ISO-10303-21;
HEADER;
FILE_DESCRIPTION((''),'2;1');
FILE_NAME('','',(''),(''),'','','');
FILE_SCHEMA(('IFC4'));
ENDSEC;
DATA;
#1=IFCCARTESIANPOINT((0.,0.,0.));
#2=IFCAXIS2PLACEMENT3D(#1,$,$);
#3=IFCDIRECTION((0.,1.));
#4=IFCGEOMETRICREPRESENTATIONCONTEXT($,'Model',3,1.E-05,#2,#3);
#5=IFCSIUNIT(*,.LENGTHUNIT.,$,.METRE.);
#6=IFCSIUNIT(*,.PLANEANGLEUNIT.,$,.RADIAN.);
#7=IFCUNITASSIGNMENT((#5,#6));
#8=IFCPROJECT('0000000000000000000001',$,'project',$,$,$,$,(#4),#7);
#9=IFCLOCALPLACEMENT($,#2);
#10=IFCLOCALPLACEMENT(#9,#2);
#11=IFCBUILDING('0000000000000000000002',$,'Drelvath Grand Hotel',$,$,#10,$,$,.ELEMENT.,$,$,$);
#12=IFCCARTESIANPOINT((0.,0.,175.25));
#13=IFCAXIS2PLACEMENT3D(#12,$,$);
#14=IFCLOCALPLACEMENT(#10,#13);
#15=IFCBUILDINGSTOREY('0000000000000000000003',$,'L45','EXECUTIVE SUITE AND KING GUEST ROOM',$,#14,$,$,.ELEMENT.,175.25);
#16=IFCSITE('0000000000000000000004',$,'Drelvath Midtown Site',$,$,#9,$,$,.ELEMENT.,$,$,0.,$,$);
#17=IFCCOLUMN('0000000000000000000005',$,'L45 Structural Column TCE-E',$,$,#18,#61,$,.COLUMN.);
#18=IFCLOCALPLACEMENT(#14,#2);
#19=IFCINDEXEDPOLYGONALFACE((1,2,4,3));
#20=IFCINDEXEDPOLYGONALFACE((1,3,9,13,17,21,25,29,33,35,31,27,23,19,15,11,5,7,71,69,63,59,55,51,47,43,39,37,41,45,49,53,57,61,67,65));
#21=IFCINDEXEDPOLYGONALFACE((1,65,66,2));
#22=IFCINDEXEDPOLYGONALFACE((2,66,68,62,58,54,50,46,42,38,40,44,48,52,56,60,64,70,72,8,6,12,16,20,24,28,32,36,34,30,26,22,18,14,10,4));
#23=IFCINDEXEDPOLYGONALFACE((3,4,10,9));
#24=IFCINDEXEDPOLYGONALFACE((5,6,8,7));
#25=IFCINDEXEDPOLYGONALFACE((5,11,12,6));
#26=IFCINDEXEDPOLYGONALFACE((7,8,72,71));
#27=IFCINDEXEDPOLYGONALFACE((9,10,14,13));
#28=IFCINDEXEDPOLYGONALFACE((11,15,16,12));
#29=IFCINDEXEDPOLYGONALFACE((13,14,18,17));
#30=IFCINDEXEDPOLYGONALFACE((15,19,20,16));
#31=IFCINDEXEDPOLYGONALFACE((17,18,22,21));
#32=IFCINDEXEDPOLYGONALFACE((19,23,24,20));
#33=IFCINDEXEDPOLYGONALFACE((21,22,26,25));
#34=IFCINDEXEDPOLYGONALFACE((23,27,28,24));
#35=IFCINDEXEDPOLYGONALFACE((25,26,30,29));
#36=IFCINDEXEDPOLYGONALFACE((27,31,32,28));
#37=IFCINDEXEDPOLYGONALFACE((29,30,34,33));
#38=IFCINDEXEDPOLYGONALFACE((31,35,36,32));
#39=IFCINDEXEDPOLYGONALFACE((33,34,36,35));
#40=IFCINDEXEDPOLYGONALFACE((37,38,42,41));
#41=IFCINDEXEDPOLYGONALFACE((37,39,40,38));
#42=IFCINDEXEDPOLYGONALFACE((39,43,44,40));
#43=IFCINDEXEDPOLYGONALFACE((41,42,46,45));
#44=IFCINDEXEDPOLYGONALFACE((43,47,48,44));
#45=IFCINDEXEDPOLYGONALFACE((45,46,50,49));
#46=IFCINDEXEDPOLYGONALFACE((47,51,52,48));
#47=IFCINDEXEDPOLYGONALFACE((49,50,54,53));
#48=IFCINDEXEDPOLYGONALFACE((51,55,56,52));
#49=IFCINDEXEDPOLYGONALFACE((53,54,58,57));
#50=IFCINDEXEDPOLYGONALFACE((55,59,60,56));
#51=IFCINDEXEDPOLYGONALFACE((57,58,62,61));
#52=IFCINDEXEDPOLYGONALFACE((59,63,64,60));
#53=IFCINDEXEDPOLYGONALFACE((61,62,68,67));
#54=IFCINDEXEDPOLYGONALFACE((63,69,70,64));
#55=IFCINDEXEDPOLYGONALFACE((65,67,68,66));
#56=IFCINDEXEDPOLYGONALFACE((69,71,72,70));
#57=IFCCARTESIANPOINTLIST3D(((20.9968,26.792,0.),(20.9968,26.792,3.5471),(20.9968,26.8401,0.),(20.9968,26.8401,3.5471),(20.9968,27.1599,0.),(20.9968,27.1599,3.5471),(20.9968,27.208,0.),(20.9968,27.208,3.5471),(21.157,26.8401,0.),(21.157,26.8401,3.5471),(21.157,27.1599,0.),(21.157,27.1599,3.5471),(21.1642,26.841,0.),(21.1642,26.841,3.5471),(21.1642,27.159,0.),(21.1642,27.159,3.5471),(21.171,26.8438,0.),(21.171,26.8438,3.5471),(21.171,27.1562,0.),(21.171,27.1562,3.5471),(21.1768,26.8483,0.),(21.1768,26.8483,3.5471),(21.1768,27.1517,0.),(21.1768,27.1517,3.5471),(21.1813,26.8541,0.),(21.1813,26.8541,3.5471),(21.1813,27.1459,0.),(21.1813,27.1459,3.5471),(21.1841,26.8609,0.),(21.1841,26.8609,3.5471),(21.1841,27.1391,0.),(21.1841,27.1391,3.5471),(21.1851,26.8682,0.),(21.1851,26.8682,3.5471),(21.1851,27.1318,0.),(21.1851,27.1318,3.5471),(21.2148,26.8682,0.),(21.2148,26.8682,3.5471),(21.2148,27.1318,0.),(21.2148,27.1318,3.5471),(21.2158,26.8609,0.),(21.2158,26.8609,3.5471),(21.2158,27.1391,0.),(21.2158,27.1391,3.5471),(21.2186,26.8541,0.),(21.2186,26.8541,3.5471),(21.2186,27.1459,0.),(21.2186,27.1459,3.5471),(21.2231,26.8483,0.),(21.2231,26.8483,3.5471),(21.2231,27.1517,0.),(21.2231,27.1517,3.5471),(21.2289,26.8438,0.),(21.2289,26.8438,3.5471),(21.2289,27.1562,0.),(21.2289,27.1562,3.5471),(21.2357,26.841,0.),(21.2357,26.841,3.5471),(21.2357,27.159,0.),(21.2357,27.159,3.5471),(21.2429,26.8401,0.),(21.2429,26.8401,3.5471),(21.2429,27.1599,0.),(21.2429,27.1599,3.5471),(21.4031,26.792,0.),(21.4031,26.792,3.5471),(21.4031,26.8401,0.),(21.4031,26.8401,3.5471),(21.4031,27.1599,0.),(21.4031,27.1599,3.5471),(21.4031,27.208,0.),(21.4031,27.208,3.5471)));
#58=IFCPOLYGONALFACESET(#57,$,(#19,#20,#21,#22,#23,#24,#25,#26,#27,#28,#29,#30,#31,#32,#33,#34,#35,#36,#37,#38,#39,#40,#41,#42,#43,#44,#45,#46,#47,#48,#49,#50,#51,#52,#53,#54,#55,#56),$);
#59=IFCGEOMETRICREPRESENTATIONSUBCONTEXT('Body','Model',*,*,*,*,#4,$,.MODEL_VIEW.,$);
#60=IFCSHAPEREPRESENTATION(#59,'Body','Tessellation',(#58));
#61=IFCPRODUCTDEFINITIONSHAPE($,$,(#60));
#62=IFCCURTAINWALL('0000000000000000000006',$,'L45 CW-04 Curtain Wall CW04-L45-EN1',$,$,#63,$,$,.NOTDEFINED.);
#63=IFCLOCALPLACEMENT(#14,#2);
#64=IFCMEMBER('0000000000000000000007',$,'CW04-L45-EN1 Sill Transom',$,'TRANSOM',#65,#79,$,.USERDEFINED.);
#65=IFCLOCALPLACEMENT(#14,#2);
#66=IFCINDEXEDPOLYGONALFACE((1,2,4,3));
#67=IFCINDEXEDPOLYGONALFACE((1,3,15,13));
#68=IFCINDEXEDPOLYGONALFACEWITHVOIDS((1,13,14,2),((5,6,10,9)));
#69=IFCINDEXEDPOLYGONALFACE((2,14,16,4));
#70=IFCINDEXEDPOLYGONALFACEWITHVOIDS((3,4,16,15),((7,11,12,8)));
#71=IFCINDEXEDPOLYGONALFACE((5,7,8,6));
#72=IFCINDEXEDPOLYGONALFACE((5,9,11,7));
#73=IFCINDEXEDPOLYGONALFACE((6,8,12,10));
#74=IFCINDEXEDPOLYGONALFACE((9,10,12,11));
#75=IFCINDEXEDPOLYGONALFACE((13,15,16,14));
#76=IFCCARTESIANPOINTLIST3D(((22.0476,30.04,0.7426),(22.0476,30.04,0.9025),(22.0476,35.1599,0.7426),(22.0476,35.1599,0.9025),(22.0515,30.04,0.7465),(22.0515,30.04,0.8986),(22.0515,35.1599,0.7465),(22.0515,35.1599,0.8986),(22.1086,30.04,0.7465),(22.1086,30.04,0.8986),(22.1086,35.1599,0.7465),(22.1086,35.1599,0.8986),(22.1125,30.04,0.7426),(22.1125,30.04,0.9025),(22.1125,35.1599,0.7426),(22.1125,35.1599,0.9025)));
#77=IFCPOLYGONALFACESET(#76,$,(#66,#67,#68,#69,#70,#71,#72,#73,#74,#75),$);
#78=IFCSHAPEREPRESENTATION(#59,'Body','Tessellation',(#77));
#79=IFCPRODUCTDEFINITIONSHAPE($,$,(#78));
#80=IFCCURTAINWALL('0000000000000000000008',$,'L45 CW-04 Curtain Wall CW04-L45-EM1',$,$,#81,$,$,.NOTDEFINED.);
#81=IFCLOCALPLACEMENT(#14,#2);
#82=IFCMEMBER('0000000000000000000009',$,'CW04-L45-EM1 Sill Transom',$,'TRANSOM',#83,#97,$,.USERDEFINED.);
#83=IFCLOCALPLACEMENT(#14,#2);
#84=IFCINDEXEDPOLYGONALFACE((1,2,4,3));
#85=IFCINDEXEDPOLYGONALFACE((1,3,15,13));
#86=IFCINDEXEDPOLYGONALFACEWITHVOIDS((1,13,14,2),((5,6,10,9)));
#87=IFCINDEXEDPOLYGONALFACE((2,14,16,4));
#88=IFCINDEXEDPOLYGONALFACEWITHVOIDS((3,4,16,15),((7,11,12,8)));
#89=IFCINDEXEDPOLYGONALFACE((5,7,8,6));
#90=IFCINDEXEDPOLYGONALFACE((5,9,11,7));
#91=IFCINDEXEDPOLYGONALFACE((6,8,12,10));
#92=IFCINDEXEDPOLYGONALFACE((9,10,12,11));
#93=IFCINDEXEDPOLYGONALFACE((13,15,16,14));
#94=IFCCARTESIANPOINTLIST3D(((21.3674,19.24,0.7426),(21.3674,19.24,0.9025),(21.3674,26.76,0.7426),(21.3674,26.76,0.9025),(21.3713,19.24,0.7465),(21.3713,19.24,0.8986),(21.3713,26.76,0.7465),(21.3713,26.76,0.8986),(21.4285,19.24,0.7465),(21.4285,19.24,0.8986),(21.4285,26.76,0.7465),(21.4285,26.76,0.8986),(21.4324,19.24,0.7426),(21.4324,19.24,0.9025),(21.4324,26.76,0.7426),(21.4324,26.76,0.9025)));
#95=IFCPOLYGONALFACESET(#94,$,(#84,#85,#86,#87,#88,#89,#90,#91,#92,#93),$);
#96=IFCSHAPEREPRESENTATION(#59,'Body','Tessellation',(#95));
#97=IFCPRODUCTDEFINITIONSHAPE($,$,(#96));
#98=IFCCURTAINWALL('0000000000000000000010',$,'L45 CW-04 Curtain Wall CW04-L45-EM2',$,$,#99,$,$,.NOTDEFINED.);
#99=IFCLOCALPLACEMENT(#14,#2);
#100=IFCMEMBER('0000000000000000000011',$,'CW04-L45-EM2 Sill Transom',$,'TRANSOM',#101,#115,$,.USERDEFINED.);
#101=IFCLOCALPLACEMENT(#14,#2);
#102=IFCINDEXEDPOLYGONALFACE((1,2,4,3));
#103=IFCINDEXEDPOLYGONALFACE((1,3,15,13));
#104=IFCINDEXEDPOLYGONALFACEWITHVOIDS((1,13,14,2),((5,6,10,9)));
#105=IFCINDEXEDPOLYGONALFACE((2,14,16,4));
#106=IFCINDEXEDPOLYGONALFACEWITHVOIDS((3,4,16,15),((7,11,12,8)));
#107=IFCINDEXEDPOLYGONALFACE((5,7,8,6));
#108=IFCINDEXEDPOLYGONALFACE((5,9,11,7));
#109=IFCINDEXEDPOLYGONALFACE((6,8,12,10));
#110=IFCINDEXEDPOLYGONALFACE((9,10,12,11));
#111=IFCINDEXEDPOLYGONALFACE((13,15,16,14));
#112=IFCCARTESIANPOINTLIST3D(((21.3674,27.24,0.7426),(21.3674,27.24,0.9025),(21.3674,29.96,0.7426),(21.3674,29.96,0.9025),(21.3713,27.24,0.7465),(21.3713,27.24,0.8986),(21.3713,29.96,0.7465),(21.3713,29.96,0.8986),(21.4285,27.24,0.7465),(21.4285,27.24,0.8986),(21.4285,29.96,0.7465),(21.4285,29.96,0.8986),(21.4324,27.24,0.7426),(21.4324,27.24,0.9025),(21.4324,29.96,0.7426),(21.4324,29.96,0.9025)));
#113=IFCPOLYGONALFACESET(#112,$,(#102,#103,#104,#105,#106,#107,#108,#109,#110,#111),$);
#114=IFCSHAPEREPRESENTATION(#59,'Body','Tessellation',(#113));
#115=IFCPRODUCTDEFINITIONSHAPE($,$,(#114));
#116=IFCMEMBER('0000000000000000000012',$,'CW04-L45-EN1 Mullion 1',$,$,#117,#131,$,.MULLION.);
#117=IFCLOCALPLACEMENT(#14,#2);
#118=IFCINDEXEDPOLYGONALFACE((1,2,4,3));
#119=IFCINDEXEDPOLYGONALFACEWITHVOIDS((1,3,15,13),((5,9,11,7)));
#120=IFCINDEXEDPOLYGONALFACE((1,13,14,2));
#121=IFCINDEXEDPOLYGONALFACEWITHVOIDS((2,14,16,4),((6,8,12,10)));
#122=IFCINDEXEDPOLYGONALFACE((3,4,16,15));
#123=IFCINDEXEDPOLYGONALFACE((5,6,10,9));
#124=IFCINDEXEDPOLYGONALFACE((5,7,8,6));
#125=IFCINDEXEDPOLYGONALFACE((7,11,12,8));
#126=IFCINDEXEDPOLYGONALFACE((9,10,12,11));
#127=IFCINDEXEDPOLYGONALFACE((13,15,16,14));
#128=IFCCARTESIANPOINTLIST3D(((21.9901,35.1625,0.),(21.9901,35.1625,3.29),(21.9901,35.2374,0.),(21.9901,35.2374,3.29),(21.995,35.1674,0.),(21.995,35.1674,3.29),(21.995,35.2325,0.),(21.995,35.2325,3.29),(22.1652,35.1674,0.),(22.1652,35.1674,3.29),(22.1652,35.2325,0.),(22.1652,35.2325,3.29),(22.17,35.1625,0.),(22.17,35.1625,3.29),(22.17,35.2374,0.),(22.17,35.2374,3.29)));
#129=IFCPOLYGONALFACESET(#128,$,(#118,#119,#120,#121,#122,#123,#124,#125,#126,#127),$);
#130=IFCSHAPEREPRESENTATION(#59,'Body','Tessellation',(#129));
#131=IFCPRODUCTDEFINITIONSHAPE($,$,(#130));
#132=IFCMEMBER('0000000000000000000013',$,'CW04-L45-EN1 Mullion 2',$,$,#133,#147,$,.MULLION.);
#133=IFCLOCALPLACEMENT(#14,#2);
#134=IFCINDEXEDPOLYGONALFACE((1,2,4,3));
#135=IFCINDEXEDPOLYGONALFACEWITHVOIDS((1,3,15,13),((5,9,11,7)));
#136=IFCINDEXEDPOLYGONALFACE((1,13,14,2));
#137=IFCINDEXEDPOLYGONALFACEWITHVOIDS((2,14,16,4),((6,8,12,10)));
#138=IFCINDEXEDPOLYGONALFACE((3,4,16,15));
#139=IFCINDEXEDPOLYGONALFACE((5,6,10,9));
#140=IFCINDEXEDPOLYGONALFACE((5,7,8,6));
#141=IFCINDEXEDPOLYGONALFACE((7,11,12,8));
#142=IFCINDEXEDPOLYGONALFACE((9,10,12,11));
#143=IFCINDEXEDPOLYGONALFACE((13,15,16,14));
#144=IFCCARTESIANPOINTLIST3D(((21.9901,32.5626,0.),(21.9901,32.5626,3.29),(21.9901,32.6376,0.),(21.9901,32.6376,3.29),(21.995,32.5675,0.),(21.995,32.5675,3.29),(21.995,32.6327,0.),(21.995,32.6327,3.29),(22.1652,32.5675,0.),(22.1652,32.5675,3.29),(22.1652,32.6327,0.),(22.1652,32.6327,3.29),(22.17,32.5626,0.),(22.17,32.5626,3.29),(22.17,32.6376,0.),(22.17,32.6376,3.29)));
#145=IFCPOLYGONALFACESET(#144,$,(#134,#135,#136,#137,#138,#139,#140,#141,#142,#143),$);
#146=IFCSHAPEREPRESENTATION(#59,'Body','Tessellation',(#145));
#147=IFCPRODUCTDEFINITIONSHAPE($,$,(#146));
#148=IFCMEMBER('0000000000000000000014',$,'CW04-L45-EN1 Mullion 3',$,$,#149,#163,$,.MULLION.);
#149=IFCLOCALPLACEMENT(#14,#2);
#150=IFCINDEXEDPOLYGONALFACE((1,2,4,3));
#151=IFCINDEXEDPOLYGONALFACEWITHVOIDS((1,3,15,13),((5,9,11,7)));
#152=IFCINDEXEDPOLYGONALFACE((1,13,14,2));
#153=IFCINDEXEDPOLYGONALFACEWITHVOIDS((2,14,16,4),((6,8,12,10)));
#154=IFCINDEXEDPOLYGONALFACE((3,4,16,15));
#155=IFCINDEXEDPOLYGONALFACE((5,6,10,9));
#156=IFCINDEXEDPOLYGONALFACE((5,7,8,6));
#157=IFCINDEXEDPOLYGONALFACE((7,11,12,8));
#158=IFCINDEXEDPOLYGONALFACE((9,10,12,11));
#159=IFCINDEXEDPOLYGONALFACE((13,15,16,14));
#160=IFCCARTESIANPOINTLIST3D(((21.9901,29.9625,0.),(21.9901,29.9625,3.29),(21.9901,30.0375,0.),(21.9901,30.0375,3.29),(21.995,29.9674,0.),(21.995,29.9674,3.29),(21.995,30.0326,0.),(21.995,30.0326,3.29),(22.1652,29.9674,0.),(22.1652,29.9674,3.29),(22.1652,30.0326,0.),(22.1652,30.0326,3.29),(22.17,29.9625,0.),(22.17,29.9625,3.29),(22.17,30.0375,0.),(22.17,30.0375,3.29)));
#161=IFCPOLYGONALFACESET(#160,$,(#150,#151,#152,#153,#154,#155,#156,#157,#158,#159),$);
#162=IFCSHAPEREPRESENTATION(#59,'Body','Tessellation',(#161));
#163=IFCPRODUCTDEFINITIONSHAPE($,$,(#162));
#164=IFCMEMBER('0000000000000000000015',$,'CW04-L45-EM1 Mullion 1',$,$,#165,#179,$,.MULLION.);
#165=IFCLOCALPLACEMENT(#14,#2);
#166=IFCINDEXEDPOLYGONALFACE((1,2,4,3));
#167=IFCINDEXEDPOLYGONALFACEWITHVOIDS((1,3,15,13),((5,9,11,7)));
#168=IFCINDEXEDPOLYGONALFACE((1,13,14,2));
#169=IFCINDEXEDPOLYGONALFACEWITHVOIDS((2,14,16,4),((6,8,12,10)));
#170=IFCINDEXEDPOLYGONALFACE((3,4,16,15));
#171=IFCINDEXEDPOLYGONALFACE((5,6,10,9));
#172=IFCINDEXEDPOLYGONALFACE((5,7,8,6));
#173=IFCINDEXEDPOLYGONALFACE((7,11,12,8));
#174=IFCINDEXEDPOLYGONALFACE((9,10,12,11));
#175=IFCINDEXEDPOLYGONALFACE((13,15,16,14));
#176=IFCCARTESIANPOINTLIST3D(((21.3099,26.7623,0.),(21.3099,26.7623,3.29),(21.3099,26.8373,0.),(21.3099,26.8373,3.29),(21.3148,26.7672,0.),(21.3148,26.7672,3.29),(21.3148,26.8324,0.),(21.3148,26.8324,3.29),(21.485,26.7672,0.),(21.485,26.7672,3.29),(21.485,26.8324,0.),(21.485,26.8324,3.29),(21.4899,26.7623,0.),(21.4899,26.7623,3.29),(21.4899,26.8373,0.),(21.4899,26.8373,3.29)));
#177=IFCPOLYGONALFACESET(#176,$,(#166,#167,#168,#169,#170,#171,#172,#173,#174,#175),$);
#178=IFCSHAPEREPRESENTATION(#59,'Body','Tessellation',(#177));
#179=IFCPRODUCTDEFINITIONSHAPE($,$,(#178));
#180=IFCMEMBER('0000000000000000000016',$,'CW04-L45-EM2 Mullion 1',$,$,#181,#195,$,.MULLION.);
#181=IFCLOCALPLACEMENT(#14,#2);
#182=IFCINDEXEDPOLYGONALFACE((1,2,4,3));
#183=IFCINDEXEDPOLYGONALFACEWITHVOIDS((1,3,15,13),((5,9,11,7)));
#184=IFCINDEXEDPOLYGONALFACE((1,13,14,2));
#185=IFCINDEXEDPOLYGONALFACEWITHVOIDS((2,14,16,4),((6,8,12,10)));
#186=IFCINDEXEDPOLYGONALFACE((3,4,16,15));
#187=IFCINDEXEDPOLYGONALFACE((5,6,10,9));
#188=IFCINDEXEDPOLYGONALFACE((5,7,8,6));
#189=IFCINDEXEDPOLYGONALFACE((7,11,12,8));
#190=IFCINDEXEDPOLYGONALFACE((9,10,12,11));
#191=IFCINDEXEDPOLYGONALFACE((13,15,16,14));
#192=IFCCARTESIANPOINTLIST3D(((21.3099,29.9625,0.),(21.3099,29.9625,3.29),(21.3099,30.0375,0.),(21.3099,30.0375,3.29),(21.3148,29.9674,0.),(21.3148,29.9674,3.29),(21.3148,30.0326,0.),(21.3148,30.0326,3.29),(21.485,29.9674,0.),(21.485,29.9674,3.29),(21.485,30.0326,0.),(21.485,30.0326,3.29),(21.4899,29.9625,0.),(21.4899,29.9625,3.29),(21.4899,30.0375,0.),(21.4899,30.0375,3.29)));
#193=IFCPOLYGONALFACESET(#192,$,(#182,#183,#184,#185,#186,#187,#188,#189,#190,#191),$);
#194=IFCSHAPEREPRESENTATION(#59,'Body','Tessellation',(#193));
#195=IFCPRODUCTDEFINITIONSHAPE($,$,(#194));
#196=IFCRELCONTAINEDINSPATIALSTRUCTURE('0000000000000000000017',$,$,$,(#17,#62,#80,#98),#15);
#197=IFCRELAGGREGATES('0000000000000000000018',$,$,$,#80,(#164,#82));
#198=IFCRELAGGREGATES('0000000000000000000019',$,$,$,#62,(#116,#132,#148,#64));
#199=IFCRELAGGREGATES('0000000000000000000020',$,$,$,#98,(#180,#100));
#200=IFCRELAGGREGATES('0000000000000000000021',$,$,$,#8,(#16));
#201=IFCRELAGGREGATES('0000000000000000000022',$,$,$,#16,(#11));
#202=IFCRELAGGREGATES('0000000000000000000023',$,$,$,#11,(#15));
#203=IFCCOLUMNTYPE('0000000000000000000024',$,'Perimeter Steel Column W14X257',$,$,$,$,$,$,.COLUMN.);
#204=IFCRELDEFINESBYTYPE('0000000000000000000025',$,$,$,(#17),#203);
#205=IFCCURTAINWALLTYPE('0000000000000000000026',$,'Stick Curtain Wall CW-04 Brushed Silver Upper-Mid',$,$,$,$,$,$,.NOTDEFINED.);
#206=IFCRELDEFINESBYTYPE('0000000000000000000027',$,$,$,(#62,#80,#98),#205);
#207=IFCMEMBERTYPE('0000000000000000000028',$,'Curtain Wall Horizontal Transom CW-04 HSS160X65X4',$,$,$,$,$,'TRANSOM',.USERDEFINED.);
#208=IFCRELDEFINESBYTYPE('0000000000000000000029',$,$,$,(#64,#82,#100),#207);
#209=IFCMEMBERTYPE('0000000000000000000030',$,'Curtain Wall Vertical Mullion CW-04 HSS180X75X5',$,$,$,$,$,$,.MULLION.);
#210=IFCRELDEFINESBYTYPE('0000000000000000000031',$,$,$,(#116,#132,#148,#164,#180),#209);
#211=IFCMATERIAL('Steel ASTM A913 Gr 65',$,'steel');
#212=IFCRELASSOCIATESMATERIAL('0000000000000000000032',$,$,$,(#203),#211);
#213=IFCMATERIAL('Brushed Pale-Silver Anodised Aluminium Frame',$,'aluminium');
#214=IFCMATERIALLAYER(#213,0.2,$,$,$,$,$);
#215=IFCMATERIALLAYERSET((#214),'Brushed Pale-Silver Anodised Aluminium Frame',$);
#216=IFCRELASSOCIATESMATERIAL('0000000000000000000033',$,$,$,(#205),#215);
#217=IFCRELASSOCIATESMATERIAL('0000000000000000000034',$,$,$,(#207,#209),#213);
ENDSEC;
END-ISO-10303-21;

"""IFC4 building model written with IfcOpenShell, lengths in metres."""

from ifc_helpers import new_model, si_unit, direction, frame, origin, origin_2d, place, context, subcontext, project, spatial, hollow_rectangle, i_section, extrude, material, layer, layer_set, material_profile, profile_set, type_object, element, aggregate, save


model = new_model("IFC4")

# Units and contexts
model_context = context("Model", 3, precision=1e-05, world=origin(), true_north=direction((0.0, 1.0)))
body_context = subcontext(model_context, "Body", "Model", "MODEL_VIEW")
ifc_project = project(units=[si_unit("LENGTHUNIT", "METRE"), si_unit("PLANEANGLEUNIT", "RADIAN")], contexts=[model_context])

# Site, building, storey
site_placement = place(None, origin())
site = spatial("IfcSite", under=ifc_project, at=site_placement, Name="Drelvath Midtown Site", CompositionType="ELEMENT", RefElevation=0.0)
building_placement = place(site_placement, origin())
building = spatial("IfcBuilding", under=site, at=building_placement, Name="Drelvath Grand Hotel", CompositionType="ELEMENT")
storey_placement = place(building_placement, frame((0.0, 0.0, 175.25)))
storey = spatial("IfcBuildingStorey", under=building, at=storey_placement, Name="L45", Description="EXECUTIVE SUITE AND KING GUEST ROOM", CompositionType="ELEMENT", Elevation=175.25)

# Column
ifc_material_1 = material(Name="Steel ASTM A913 Gr 65", Category="steel")
ifc_material_profile_1 = material_profile(ifc_material_1, i_section(OverallWidth=0.4062, OverallDepth=0.416, WebThickness=0.0298, FlangeThickness=0.0481, FilletRadius=0.0281, at=origin_2d()), Name="W14X257")
ifc_profile_set_1 = profile_set([ifc_material_profile_1], Name="Steel ASTM A913 Gr 65")
column_type = type_object("IfcColumnType", Name="Perimeter Steel Column W14X257", PredefinedType="COLUMN", material=ifc_profile_set_1)
column_placement = place(storey_placement, frame((21.2, 27.0, 0.0), z_axis=(0.0, 0.0, 1.0), x_axis=(1.0, 0.0, 0.0)))
element("IfcColumn", 1, at=column_placement, inside=storey, type_object=column_type, Name="L45 Structural Column TCE-E", PredefinedType="COLUMN", context=body_context, shape_type="SweptSolid", body=[
    extrude(i_section(OverallWidth=0.4062, OverallDepth=0.416, WebThickness=0.0298, FlangeThickness=0.0481, FilletRadius=0.0281, at=origin_2d()), origin(), (0.0, 0.0, 1.0), 3.5471),
])

# Curtain walls, members
ifc_material_2 = material(Name="Brushed Pale-Silver Anodised Aluminium Frame", Category="aluminium")
ifc_layer_1 = layer(ifc_material_2, 0.2)
ifc_layer_set_1 = layer_set([ifc_layer_1], Name="Brushed Pale-Silver Anodised Aluminium Frame")
curtain_wall_type = type_object("IfcCurtainWallType", Name="Stick Curtain Wall CW-04 Brushed Silver Upper-Mid", PredefinedType="NOTDEFINED", material=ifc_layer_set_1)
curtain_wall_1_placement = place(storey_placement, origin())
curtain_wall_1 = element("IfcCurtainWall", 2, at=curtain_wall_1_placement, inside=storey, type_object=curtain_wall_type, Name="L45 CW-04 Curtain Wall CW04-L45-EN1", PredefinedType="NOTDEFINED")
ifc_material_profile_2 = material_profile(ifc_material_2, hollow_rectangle(XDim=0.0649, YDim=0.1599, WallThickness=0.0039, at=origin_2d()), Name="HSS160X65X4")
ifc_profile_set_2 = profile_set([ifc_material_profile_2], Name="Brushed Pale-Silver Anodised Aluminium Frame")
member_type_1 = type_object("IfcMemberType", Name="Curtain Wall Horizontal Transom CW-04 HSS160X65X4", ElementType="TRANSOM", PredefinedType="USERDEFINED", material=ifc_profile_set_2)
member_1_placement = place(storey_placement, frame((22.0801, 35.1599, 0.8225), z_axis=(0.0, -1.0, 0.0), x_axis=(1.0, 0.0, 0.0)))
member_1 = element("IfcMember", 3, at=member_1_placement, type_object=member_type_1, Name="CW04-L45-EN1 Sill Transom", ObjectType="TRANSOM", PredefinedType="USERDEFINED", context=body_context, shape_type="SweptSolid", body=[
    extrude(hollow_rectangle(XDim=0.0649, YDim=0.1599, WallThickness=0.0039, at=origin_2d()), origin(), (0.0, 0.0, 1.0), 5.1199),
])
curtain_wall_2_placement = place(storey_placement, origin())
curtain_wall_2 = element("IfcCurtainWall", 4, at=curtain_wall_2_placement, inside=storey, type_object=curtain_wall_type, Name="L45 CW-04 Curtain Wall CW04-L45-EM1", PredefinedType="NOTDEFINED")
member_2_placement = place(storey_placement, frame((21.3999, 26.76, 0.8225), z_axis=(0.0, -1.0, 0.0), x_axis=(1.0, 0.0, 0.0)))
member_2 = element("IfcMember", 5, at=member_2_placement, type_object=member_type_1, Name="CW04-L45-EM1 Sill Transom", ObjectType="TRANSOM", PredefinedType="USERDEFINED", context=body_context, shape_type="SweptSolid", body=[
    extrude(hollow_rectangle(XDim=0.0649, YDim=0.1599, WallThickness=0.0039, at=origin_2d()), origin(), (0.0, 0.0, 1.0), 7.52),
])
curtain_wall_3_placement = place(storey_placement, origin())
curtain_wall_3 = element("IfcCurtainWall", 6, at=curtain_wall_3_placement, inside=storey, type_object=curtain_wall_type, Name="L45 CW-04 Curtain Wall CW04-L45-EM2", PredefinedType="NOTDEFINED")
member_3_placement = place(storey_placement, frame((21.3999, 29.96, 0.8225), z_axis=(0.0, -1.0, 0.0), x_axis=(1.0, 0.0, 0.0)))
member_3 = element("IfcMember", 7, at=member_3_placement, type_object=member_type_1, Name="CW04-L45-EM2 Sill Transom", ObjectType="TRANSOM", PredefinedType="USERDEFINED", context=body_context, shape_type="SweptSolid", body=[
    extrude(hollow_rectangle(XDim=0.0649, YDim=0.1599, WallThickness=0.0039, at=origin_2d()), origin(), (0.0, 0.0, 1.0), 2.72),
])

# Members
ifc_material_profile_3 = material_profile(ifc_material_2, hollow_rectangle(XDim=0.075, YDim=0.1799, WallThickness=0.0049, at=origin_2d()), Name="HSS180X75X5")
ifc_profile_set_3 = profile_set([ifc_material_profile_3], Name="Brushed Pale-Silver Anodised Aluminium Frame")
member_type_2 = type_object("IfcMemberType", Name="Curtain Wall Vertical Mullion CW-04 HSS180X75X5", PredefinedType="MULLION", material=ifc_profile_set_3)
member_4_placement = place(storey_placement, frame((22.0801, 35.2, 0.0), z_axis=(0.0, 0.0, 1.0), x_axis=(0.0, 1.0, 0.0)))
member_4 = element("IfcMember", 8, at=member_4_placement, type_object=member_type_2, Name="CW04-L45-EN1 Mullion 1", PredefinedType="MULLION", context=body_context, shape_type="SweptSolid", body=[
    extrude(hollow_rectangle(XDim=0.075, YDim=0.1799, WallThickness=0.0049, at=origin_2d()), origin(), (0.0, 0.0, 1.0), 3.29),
])
member_5_placement = place(storey_placement, frame((22.0801, 32.6001, 0.0), z_axis=(0.0, 0.0, 1.0), x_axis=(0.0, 1.0, 0.0)))
member_5 = element("IfcMember", 9, at=member_5_placement, type_object=member_type_2, Name="CW04-L45-EN1 Mullion 2", PredefinedType="MULLION", context=body_context, shape_type="SweptSolid", body=[
    extrude(hollow_rectangle(XDim=0.075, YDim=0.1799, WallThickness=0.0049, at=origin_2d()), origin(), (0.0, 0.0, 1.0), 3.29),
])
member_6_placement = place(storey_placement, frame((22.0801, 30.0, 0.0), z_axis=(0.0, 0.0, 1.0), x_axis=(0.0, 1.0, 0.0)))
member_6 = element("IfcMember", 10, at=member_6_placement, type_object=member_type_2, Name="CW04-L45-EN1 Mullion 3", PredefinedType="MULLION", context=body_context, shape_type="SweptSolid", body=[
    extrude(hollow_rectangle(XDim=0.075, YDim=0.1799, WallThickness=0.0049, at=origin_2d()), origin(), (0.0, 0.0, 1.0), 3.29),
])
member_7_placement = place(storey_placement, frame((21.3999, 26.7998, 0.0), z_axis=(0.0, 0.0, 1.0), x_axis=(0.0, 1.0, 0.0)))
member_7 = element("IfcMember", 11, at=member_7_placement, type_object=member_type_2, Name="CW04-L45-EM1 Mullion 1", PredefinedType="MULLION", context=body_context, shape_type="SweptSolid", body=[
    extrude(hollow_rectangle(XDim=0.075, YDim=0.1799, WallThickness=0.0049, at=origin_2d()), origin(), (0.0, 0.0, 1.0), 3.29),
])
aggregate(curtain_wall_2, [member_7, member_2])
member_8_placement = place(storey_placement, frame((21.3999, 30.0, 0.0), z_axis=(0.0, 0.0, 1.0), x_axis=(0.0, 1.0, 0.0)))
member_8 = element("IfcMember", 12, at=member_8_placement, type_object=member_type_2, Name="CW04-L45-EM2 Mullion 1", PredefinedType="MULLION", context=body_context, shape_type="SweptSolid", body=[
    extrude(hollow_rectangle(XDim=0.075, YDim=0.1799, WallThickness=0.0049, at=origin_2d()), origin(), (0.0, 0.0, 1.0), 3.29),
])

aggregate(curtain_wall_1, [member_4, member_5, member_6, member_1])
aggregate(curtain_wall_3, [member_8, member_3])

save(model, "model.ifc")
